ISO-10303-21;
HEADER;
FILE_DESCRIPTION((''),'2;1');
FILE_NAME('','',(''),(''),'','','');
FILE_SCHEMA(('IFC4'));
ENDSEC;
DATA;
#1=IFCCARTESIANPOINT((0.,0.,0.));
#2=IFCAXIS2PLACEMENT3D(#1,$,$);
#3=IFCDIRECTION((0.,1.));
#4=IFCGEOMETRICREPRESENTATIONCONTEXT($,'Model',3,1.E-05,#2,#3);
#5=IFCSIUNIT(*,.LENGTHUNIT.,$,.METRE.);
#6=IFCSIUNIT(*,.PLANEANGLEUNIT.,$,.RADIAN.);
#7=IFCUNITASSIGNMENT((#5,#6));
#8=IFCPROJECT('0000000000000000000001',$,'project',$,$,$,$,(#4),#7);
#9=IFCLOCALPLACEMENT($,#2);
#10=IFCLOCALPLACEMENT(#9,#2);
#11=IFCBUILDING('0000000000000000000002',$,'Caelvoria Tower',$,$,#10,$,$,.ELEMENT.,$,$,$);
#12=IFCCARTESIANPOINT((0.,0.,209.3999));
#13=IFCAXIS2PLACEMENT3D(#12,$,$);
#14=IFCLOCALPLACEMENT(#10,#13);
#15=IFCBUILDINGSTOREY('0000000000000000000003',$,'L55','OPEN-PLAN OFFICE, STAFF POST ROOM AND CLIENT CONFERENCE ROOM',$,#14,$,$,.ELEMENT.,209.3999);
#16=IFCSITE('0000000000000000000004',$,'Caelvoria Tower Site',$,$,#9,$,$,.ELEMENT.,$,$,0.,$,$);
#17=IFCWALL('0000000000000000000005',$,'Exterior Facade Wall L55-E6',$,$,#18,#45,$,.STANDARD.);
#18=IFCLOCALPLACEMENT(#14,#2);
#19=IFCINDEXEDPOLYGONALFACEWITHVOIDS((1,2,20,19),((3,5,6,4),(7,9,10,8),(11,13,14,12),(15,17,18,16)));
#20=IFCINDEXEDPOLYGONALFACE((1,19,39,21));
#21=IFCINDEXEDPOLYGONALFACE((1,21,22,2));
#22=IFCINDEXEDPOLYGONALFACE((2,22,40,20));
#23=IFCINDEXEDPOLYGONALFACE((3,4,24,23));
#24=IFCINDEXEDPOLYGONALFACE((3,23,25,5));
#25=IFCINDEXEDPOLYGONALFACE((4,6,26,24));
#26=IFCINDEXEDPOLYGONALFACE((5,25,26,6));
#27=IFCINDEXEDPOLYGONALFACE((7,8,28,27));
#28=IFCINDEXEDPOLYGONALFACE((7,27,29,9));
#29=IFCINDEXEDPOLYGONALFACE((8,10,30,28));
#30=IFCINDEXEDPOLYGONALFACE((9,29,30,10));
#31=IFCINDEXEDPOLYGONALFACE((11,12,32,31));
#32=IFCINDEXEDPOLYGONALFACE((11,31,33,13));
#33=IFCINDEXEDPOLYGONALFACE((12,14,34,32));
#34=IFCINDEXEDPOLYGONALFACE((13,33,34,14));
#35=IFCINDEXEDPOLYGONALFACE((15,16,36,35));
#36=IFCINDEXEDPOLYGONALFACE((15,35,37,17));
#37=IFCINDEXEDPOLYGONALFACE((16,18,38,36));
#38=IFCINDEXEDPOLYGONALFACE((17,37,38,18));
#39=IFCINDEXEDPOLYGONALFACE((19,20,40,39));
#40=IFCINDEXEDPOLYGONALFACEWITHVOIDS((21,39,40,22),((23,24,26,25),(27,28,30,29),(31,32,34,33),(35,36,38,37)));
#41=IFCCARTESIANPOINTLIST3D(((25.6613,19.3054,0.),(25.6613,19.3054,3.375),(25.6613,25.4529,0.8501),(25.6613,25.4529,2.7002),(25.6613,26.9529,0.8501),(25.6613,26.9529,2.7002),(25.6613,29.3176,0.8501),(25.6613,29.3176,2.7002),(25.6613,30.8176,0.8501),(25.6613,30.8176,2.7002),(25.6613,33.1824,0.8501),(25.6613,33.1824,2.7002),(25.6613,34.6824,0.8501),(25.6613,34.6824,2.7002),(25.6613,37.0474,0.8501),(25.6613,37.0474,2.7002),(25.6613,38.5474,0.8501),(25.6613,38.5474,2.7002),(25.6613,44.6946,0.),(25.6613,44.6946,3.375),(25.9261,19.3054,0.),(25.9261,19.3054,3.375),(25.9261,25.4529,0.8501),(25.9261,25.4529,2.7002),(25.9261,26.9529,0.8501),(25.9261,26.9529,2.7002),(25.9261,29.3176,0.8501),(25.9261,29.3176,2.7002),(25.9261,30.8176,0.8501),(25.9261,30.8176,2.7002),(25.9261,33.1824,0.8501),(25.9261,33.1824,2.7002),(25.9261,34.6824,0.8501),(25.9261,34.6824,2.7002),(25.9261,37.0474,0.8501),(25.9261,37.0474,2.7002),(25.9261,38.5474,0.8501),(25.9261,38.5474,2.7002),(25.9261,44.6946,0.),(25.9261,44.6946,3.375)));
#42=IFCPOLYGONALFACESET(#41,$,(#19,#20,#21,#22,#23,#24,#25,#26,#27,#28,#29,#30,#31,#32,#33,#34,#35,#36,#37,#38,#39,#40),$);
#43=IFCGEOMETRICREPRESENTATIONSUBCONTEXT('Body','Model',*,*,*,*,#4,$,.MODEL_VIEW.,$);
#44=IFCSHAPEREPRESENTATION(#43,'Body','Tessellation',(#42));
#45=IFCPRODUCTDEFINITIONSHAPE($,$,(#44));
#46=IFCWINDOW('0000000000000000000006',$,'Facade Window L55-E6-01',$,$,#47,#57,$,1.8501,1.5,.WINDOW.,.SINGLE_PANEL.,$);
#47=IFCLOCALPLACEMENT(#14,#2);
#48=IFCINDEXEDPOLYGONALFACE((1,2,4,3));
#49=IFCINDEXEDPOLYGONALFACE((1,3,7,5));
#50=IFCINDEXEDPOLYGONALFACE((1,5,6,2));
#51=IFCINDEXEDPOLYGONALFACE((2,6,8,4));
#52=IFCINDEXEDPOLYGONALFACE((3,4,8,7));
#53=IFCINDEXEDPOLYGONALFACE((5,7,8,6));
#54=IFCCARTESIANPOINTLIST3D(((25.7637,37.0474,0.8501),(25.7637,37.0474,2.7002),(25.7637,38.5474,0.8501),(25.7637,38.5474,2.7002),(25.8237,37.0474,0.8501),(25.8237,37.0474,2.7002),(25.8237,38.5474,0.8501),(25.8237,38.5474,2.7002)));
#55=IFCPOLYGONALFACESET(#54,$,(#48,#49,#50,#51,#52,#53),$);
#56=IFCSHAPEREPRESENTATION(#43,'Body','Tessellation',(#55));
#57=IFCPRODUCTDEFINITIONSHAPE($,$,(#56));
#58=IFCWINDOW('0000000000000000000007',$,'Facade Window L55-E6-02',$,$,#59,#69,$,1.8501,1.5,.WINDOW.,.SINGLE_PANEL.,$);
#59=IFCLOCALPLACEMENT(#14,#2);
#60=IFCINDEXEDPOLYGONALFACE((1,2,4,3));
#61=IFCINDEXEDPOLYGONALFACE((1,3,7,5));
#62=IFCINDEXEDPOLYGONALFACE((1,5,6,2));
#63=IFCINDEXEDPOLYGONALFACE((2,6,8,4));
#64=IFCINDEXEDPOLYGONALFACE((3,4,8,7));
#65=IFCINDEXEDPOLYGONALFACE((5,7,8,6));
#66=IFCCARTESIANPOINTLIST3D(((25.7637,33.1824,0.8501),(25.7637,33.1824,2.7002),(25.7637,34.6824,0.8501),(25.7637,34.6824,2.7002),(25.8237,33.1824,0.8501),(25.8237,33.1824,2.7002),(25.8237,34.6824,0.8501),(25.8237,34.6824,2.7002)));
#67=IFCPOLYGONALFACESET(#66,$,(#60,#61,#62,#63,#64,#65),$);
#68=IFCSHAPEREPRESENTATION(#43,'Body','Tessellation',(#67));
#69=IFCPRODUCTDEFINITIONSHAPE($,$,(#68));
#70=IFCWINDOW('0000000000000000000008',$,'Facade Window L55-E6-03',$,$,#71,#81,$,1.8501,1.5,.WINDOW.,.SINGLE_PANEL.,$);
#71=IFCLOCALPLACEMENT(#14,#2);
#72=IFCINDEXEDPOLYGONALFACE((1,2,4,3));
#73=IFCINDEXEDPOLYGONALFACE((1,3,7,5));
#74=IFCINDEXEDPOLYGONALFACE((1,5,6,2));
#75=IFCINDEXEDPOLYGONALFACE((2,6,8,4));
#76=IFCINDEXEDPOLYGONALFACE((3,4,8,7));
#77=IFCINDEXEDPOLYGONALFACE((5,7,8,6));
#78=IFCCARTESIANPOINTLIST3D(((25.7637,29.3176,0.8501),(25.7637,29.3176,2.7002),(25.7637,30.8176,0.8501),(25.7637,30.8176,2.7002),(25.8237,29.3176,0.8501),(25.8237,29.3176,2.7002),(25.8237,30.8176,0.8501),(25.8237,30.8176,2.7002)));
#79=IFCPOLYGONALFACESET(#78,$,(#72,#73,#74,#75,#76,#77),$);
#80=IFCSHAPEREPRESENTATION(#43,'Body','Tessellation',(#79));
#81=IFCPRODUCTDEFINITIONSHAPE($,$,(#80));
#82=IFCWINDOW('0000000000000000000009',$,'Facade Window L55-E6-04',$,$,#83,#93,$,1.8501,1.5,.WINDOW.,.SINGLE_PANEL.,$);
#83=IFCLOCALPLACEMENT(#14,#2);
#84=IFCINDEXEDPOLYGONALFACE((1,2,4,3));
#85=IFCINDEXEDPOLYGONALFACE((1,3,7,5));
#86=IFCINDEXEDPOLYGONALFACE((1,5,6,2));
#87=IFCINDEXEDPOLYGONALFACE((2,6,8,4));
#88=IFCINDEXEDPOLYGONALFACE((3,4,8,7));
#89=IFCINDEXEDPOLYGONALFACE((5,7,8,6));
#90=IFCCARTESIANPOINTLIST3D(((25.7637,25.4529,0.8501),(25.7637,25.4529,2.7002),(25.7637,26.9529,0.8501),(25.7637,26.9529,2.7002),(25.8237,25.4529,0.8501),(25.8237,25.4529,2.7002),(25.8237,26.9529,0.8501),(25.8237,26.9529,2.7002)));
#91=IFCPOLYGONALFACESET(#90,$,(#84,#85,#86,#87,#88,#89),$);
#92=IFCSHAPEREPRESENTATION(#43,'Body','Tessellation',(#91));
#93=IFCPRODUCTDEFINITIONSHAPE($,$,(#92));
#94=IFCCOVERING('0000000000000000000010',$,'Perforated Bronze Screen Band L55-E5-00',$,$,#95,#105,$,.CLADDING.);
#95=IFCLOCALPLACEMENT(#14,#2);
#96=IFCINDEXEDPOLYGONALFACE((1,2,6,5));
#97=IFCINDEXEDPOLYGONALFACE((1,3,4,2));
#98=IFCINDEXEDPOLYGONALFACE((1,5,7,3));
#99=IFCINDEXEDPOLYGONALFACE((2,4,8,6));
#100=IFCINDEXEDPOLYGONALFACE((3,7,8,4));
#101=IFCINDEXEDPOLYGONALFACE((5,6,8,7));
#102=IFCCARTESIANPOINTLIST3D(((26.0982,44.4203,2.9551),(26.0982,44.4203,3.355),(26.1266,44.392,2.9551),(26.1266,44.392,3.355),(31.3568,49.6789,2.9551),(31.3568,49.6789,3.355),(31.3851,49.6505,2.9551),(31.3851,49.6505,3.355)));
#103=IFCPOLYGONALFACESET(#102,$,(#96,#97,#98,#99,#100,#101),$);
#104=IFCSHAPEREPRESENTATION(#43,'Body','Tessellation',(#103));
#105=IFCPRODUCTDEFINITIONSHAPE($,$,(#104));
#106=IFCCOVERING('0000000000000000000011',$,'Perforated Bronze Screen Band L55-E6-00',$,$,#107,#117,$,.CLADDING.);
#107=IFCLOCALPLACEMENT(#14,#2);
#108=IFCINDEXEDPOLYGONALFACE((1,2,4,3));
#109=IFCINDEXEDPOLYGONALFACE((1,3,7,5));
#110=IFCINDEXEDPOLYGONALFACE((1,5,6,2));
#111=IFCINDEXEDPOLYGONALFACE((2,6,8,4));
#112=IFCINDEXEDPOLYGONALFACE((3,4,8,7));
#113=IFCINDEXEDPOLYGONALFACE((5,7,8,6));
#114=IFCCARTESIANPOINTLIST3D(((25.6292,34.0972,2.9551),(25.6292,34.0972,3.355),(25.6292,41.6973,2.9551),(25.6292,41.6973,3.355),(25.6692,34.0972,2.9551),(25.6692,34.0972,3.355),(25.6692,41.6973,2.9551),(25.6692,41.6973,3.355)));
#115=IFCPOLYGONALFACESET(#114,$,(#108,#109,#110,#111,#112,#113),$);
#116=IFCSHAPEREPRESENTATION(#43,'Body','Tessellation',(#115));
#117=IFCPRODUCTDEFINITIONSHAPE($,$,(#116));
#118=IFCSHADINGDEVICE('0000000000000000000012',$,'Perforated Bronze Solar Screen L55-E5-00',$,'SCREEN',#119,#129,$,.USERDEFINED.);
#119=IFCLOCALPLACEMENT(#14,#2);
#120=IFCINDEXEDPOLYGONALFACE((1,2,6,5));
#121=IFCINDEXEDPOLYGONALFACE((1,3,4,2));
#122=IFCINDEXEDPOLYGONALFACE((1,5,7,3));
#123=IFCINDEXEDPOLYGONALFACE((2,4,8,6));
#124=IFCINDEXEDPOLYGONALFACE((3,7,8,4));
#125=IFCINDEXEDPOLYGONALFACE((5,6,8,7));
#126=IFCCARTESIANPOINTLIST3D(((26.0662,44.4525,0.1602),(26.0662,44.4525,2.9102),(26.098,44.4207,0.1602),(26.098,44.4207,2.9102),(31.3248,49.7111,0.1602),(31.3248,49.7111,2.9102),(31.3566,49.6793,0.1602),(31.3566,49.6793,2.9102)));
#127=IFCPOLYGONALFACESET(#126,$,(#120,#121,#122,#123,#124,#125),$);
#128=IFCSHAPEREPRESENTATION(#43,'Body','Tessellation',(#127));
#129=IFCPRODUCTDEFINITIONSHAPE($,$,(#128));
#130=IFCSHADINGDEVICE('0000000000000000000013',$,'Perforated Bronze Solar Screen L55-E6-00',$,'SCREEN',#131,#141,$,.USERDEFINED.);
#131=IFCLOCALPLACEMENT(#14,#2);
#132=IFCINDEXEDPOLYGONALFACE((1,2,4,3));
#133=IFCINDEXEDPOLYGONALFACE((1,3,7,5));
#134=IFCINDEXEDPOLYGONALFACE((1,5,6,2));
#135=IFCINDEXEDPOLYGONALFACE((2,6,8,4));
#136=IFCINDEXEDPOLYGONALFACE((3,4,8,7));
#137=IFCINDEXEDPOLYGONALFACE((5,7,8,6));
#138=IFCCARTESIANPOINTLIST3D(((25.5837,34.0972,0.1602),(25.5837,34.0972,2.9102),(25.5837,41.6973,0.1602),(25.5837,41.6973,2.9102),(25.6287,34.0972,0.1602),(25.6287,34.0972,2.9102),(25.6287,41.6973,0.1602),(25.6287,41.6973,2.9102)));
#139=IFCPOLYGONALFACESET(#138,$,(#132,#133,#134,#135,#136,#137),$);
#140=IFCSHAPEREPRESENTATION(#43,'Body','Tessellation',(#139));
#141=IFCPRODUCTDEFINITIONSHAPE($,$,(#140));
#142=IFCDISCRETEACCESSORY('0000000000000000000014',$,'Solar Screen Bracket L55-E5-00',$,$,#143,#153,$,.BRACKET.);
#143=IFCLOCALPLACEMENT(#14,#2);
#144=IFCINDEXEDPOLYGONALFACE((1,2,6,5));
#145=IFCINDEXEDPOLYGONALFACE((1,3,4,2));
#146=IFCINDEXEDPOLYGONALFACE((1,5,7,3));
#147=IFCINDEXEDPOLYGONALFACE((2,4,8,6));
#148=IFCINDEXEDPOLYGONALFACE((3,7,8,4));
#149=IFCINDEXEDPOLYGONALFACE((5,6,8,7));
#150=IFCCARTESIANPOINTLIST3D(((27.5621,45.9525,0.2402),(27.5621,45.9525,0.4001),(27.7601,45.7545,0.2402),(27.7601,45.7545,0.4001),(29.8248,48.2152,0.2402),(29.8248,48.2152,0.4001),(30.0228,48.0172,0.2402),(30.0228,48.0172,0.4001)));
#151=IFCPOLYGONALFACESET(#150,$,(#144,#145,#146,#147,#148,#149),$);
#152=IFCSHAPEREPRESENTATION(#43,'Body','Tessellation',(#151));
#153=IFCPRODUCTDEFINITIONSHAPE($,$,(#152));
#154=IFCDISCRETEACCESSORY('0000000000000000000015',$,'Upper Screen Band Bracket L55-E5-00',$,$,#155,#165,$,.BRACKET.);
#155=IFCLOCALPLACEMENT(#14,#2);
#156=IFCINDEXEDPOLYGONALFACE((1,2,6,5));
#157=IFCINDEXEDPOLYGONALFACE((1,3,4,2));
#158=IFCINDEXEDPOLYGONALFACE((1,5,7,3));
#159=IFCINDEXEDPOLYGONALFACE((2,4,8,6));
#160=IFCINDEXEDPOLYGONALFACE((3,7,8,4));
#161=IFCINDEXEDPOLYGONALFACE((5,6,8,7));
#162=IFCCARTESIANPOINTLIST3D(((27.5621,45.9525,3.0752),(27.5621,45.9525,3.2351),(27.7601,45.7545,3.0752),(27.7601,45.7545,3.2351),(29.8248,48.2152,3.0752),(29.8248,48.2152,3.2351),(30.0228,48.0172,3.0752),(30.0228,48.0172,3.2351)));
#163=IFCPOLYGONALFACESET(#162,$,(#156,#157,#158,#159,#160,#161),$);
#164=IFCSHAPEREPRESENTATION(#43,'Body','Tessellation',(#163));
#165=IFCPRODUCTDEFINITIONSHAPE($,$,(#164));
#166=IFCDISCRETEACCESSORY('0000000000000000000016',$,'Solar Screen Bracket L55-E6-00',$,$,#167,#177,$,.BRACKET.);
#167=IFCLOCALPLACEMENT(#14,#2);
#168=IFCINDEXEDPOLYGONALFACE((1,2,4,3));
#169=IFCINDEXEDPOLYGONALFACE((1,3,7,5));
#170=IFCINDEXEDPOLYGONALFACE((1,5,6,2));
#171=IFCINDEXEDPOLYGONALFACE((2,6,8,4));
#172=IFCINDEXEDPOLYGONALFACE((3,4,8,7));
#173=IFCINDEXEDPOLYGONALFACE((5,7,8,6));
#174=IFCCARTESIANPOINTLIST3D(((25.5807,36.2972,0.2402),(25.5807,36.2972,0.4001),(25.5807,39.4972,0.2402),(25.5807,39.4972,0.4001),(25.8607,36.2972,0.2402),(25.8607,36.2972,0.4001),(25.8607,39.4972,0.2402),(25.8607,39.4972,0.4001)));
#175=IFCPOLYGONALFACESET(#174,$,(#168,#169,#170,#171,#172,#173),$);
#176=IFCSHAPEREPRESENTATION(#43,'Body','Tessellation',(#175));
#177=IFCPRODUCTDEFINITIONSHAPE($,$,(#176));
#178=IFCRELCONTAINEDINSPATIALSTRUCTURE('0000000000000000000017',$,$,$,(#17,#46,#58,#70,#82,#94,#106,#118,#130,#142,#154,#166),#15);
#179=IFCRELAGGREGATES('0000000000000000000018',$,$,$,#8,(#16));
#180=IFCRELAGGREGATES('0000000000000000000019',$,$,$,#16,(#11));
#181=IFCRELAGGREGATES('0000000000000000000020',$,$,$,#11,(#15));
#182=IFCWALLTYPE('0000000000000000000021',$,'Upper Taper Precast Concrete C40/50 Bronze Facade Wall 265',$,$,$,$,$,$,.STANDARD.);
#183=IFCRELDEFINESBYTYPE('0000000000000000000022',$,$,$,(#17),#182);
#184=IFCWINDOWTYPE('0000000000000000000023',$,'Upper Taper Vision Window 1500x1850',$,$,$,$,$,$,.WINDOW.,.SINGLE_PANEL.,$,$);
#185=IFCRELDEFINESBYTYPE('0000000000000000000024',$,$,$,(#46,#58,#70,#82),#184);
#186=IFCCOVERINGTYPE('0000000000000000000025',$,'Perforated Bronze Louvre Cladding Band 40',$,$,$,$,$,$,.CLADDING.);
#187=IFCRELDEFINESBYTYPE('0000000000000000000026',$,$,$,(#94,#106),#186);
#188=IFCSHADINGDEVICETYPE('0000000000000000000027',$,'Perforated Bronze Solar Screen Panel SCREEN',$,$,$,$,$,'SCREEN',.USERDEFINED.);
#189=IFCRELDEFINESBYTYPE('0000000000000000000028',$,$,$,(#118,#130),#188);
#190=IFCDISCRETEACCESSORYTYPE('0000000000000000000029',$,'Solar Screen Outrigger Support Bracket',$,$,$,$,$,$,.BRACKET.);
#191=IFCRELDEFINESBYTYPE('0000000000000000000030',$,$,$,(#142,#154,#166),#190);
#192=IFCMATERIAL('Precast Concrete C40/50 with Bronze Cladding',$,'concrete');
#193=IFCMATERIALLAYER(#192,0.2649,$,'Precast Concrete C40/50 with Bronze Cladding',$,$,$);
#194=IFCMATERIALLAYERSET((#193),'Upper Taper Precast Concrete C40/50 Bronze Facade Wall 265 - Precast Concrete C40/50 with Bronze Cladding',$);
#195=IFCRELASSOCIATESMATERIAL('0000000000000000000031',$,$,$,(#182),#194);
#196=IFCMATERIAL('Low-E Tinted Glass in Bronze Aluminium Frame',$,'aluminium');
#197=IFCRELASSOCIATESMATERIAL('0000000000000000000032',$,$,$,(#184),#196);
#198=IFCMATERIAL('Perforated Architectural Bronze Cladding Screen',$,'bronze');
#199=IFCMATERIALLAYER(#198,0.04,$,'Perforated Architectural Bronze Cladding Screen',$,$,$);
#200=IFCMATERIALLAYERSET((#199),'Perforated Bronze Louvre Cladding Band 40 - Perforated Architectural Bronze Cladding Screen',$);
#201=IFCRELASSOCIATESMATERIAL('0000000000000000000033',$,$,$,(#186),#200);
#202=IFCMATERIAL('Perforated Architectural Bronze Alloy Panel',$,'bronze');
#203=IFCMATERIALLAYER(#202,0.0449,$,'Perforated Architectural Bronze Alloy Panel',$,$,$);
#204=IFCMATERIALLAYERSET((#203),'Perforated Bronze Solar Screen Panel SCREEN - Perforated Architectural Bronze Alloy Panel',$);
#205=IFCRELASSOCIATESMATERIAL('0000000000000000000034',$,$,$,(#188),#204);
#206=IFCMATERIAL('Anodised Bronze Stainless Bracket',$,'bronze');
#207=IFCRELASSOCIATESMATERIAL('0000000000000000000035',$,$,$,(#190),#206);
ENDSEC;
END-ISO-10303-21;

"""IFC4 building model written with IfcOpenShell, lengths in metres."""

from ifc_helpers import new_model, si_unit, direction, frame, frame_2d, origin, origin_2d, place, context, subcontext, project, spatial, rectangle, extrude, material, layer, layer_set, type_object, element, fill, save


model = new_model("IFC4")

# Units and contexts
model_context = context("Model", 3, precision=1e-05, world=origin(), true_north=direction((0.0, 1.0)))
body_context = subcontext(model_context, "Body", "Model", "MODEL_VIEW")
ifc_project = project(units=[si_unit("LENGTHUNIT", "METRE"), si_unit("PLANEANGLEUNIT", "RADIAN")], contexts=[model_context])

# Site, building, storey
site_placement = place(None, origin())
site = spatial("IfcSite", under=ifc_project, at=site_placement, Name="Caelvoria Tower Site", CompositionType="ELEMENT", RefElevation=0.0)
building_placement = place(site_placement, origin())
building = spatial("IfcBuilding", under=site, at=building_placement, Name="Caelvoria Tower", CompositionType="ELEMENT")
storey_placement = place(building_placement, frame((0.0, 0.0, 209.3999)))
storey = spatial("IfcBuildingStorey", under=building, at=storey_placement, Name="L55", Description="OPEN-PLAN OFFICE, STAFF POST ROOM AND CLIENT CONFERENCE ROOM", CompositionType="ELEMENT", Elevation=209.3999)

# Shared definitions
ifc_material_1 = material(Name="Precast Concrete C40/50 with Bronze Cladding", Category="concrete")
ifc_layer_1 = layer(ifc_material_1, 0.2649, Name="Precast Concrete C40/50 with Bronze Cladding")
ifc_layer_set_1 = layer_set([ifc_layer_1], Name="Upper Taper Precast Concrete C40/50 Bronze Facade Wall 265 - Precast Concrete C40/50 with Bronze Cladding")
wall_type_1 = type_object("IfcWallType", Name="Upper Taper Precast Concrete C40/50 Bronze Facade Wall 265", PredefinedType="STANDARD", material=ifc_layer_set_1)

# Wall, openings, windows
wall_1_placement = place(storey_placement, frame((25.7937, 44.6946, 0.0), z_axis=(0.0, 0.0, 1.0), x_axis=(0.0, -1.0, 0.0)))
wall_1 = element("IfcWall", 1, at=wall_1_placement, inside=storey, type_object=wall_type_1, Name="Exterior Facade Wall L55-E6", PredefinedType="STANDARD", context=body_context, shape_type="SweptSolid", body=[
    extrude(rectangle(XDim=25.3892, YDim=0.2649, at=frame_2d((12.6946, 0.0))), origin(), (0.0, 0.0, 1.0), 3.375),
])
opening_1_placement = place(wall_1_placement, frame((6.1472, 0.0, 0.8501)))
opening_1 = element("IfcOpeningElement", 2, at=opening_1_placement, cuts=wall_1, PredefinedType="OPENING", context=body_context, shape_type="SweptSolid", body=[
    extrude(rectangle(XDim=1.5, YDim=1.8501, at=frame_2d((0.75, 0.925))), frame((0.0, 0.1423, 0.0), z_axis=(0.0, -1.0, 0.0), x_axis=(1.0, 0.0, 0.0)), (0.0, 0.0, 1.0), 0.2849),
])
opening_2_placement = place(wall_1_placement, frame((10.0122, 0.0, 0.8501)))
opening_2 = element("IfcOpeningElement", 3, at=opening_2_placement, cuts=wall_1, PredefinedType="OPENING", context=body_context, shape_type="SweptSolid", body=[
    extrude(rectangle(XDim=1.5, YDim=1.8501, at=frame_2d((0.75, 0.925))), frame((0.0, 0.1423, 0.0), z_axis=(0.0, -1.0, 0.0), x_axis=(1.0, 0.0, 0.0)), (0.0, 0.0, 1.0), 0.2849),
])
opening_3_placement = place(wall_1_placement, frame((13.877, 0.0, 0.8501)))
opening_3 = element("IfcOpeningElement", 4, at=opening_3_placement, cuts=wall_1, PredefinedType="OPENING", context=body_context, shape_type="SweptSolid", body=[
    extrude(rectangle(XDim=1.5, YDim=1.8501, at=frame_2d((0.75, 0.925))), frame((0.0, 0.1423, 0.0), z_axis=(0.0, -1.0, 0.0), x_axis=(1.0, 0.0, 0.0)), (0.0, 0.0, 1.0), 0.2849),
])
opening_4_placement = place(wall_1_placement, frame((17.7417, 0.0, 0.8501)))
opening_4 = element("IfcOpeningElement", 5, at=opening_4_placement, cuts=wall_1, PredefinedType="OPENING", context=body_context, shape_type="SweptSolid", body=[
    extrude(rectangle(XDim=1.5, YDim=1.8501, at=frame_2d((0.75, 0.925))), frame((0.0, 0.1423, 0.0), z_axis=(0.0, -1.0, 0.0), x_axis=(1.0, 0.0, 0.0)), (0.0, 0.0, 1.0), 0.2849),
])
ifc_material_2 = material(Name="Low-E Tinted Glass in Bronze Aluminium Frame", Category="aluminium")
window_type = type_object("IfcWindowType", Name="Upper Taper Vision Window 1500x1850", PartitioningType="SINGLE_PANEL", PredefinedType="WINDOW", material=ifc_material_2)
window_1_placement = place(opening_1_placement, origin())
window_1 = element("IfcWindow", 6, at=window_1_placement, inside=storey, type_object=window_type, Name="Facade Window L55-E6-01", OverallHeight=1.8501, OverallWidth=1.5, PartitioningType="SINGLE_PANEL", PredefinedType="WINDOW", context=body_context, shape_type="SweptSolid", body=[
    extrude(rectangle(XDim=1.5, YDim=1.8501, at=frame_2d((0.75, 0.925))), frame((0.0, 0.03, 0.0), z_axis=(0.0, -1.0, 0.0), x_axis=(1.0, 0.0, 0.0)), (0.0, 0.0, 1.0), 0.0601),
])
fill(opening_1, window_1)
window_2_placement = place(opening_2_placement, origin())
window_2 = element("IfcWindow", 7, at=window_2_placement, inside=storey, type_object=window_type, Name="Facade Window L55-E6-02", OverallHeight=1.8501, OverallWidth=1.5, PartitioningType="SINGLE_PANEL", PredefinedType="WINDOW", context=body_context, shape_type="SweptSolid", body=[
    extrude(rectangle(XDim=1.5, YDim=1.8501, at=frame_2d((0.75, 0.925))), frame((0.0, 0.03, 0.0), z_axis=(0.0, -1.0, 0.0), x_axis=(1.0, 0.0, 0.0)), (0.0, 0.0, 1.0), 0.0601),
])
fill(opening_2, window_2)
window_3_placement = place(opening_3_placement, origin())
window_3 = element("IfcWindow", 8, at=window_3_placement, inside=storey, type_object=window_type, Name="Facade Window L55-E6-03", OverallHeight=1.8501, OverallWidth=1.5, PartitioningType="SINGLE_PANEL", PredefinedType="WINDOW", context=body_context, shape_type="SweptSolid", body=[
    extrude(rectangle(XDim=1.5, YDim=1.8501, at=frame_2d((0.75, 0.925))), frame((0.0, 0.03, 0.0), z_axis=(0.0, -1.0, 0.0), x_axis=(1.0, 0.0, 0.0)), (0.0, 0.0, 1.0), 0.0601),
])
fill(opening_3, window_3)
window_4_placement = place(opening_4_placement, origin())
window_4 = element("IfcWindow", 9, at=window_4_placement, inside=storey, type_object=window_type, Name="Facade Window L55-E6-04", OverallHeight=1.8501, OverallWidth=1.5, PartitioningType="SINGLE_PANEL", PredefinedType="WINDOW", context=body_context, shape_type="SweptSolid", body=[
    extrude(rectangle(XDim=1.5, YDim=1.8501, at=frame_2d((0.75, 0.925))), frame((0.0, 0.03, 0.0), z_axis=(0.0, -1.0, 0.0), x_axis=(1.0, 0.0, 0.0)), (0.0, 0.0, 1.0), 0.0601),
])
fill(opening_4, window_4)

# Coverings
ifc_material_3 = material(Name="Perforated Architectural Bronze Cladding Screen", Category="bronze")
ifc_layer_2 = layer(ifc_material_3, 0.04, Name="Perforated Architectural Bronze Cladding Screen")
ifc_layer_set_2 = layer_set([ifc_layer_2], Name="Perforated Bronze Louvre Cladding Band 40 - Perforated Architectural Bronze Cladding Screen")
covering_type = type_object("IfcCoveringType", Name="Perforated Bronze Louvre Cladding Band 40", PredefinedType="CLADDING", material=ifc_layer_set_2)
covering_1_placement = place(storey_placement, frame((28.7417, 47.0354, 2.9551), z_axis=(0.0, 0.0, 1.0), x_axis=(-0.707107, -0.707107, 0.0)))
element("IfcCovering", 10, at=covering_1_placement, inside=storey, type_object=covering_type, Name="Perforated Bronze Screen Band L55-E5-00", PredefinedType="CLADDING", context=body_context, shape_type="SweptSolid", body=[
    extrude(rectangle(XDim=7.4368, YDim=0.04, at=origin_2d()), origin(), (0.0, 0.0, 1.0), 0.3999),
])
covering_2_placement = place(storey_placement, frame((25.6492, 37.8972, 2.9551), z_axis=(0.0, 0.0, 1.0), x_axis=(0.0, -1.0, 0.0)))
element("IfcCovering", 11, at=covering_2_placement, inside=storey, type_object=covering_type, Name="Perforated Bronze Screen Band L55-E6-00", PredefinedType="CLADDING", context=body_context, shape_type="SweptSolid", body=[
    extrude(rectangle(XDim=7.6001, YDim=0.04, at=origin_2d()), origin(), (0.0, 0.0, 1.0), 0.3999),
])

# Shading devices
ifc_material_4 = material(Name="Perforated Architectural Bronze Alloy Panel", Category="bronze")
ifc_layer_3 = layer(ifc_material_4, 0.0449, Name="Perforated Architectural Bronze Alloy Panel")
ifc_layer_set_3 = layer_set([ifc_layer_3], Name="Perforated Bronze Solar Screen Panel SCREEN - Perforated Architectural Bronze Alloy Panel")
shading_device_type = type_object("IfcShadingDeviceType", Name="Perforated Bronze Solar Screen Panel SCREEN", ElementType="SCREEN", PredefinedType="USERDEFINED", material=ifc_layer_set_3)
shading_device_1_placement = place(storey_placement, frame((28.7114, 47.0659, 0.1602), z_axis=(0.0, 0.0, 1.0), x_axis=(-0.707107, -0.707107, 0.0)))
element("IfcShadingDevice", 12, at=shading_device_1_placement, inside=storey, type_object=shading_device_type, Name="Perforated Bronze Solar Screen L55-E5-00", ObjectType="SCREEN", PredefinedType="USERDEFINED", context=body_context, shape_type="SweptSolid", body=[
    extrude(rectangle(XDim=7.4368, YDim=0.0449, at=origin_2d()), origin(), (0.0, 0.0, 1.0), 2.75),
])
shading_device_2_placement = place(storey_placement, frame((25.6062, 37.8972, 0.1602), z_axis=(0.0, 0.0, 1.0), x_axis=(0.0, -1.0, 0.0)))
element("IfcShadingDevice", 13, at=shading_device_2_placement, inside=storey, type_object=shading_device_type, Name="Perforated Bronze Solar Screen L55-E6-00", ObjectType="SCREEN", PredefinedType="USERDEFINED", context=body_context, shape_type="SweptSolid", body=[
    extrude(rectangle(XDim=7.6001, YDim=0.0449, at=origin_2d()), origin(), (0.0, 0.0, 1.0), 2.75),
])

# Discrete accessories
ifc_material_5 = material(Name="Anodised Bronze Stainless Bracket", Category="bronze")
discrete_accessory_type = type_object("IfcDiscreteAccessoryType", Name="Solar Screen Outrigger Support Bracket", PredefinedType="BRACKET", material=ifc_material_5)
for number, where, z_axis, x_axis, name in (
    (14, (28.7925, 46.9849, 0.2402), (0.0, 0.0, 1.0), (-0.707107, -0.707107, 0.0), "Solar Screen Bracket L55-E5-00"),
    (15, (28.7925, 46.9849, 3.0752), (0.0, 0.0, 1.0), (-0.707107, -0.707107, 0.0), "Upper Screen Band Bracket L55-E5-00"),
    (16, (25.7207, 37.8972, 0.2402), (0.0, 0.0, 1.0), (0.0, -1.0, 0.0), "Solar Screen Bracket L55-E6-00"),
):
    element("IfcDiscreteAccessory", number, at=place(storey_placement, frame(where, z_axis=z_axis, x_axis=x_axis)), inside=storey, type_object=discrete_accessory_type, Name=name, PredefinedType="BRACKET", context=body_context, shape_type="SweptSolid", body=[
        extrude(rectangle(XDim=3.2, YDim=0.28, at=origin_2d()), origin(), (0.0, 0.0, 1.0), 0.1599),
    ])

save(model, "model.ifc")
